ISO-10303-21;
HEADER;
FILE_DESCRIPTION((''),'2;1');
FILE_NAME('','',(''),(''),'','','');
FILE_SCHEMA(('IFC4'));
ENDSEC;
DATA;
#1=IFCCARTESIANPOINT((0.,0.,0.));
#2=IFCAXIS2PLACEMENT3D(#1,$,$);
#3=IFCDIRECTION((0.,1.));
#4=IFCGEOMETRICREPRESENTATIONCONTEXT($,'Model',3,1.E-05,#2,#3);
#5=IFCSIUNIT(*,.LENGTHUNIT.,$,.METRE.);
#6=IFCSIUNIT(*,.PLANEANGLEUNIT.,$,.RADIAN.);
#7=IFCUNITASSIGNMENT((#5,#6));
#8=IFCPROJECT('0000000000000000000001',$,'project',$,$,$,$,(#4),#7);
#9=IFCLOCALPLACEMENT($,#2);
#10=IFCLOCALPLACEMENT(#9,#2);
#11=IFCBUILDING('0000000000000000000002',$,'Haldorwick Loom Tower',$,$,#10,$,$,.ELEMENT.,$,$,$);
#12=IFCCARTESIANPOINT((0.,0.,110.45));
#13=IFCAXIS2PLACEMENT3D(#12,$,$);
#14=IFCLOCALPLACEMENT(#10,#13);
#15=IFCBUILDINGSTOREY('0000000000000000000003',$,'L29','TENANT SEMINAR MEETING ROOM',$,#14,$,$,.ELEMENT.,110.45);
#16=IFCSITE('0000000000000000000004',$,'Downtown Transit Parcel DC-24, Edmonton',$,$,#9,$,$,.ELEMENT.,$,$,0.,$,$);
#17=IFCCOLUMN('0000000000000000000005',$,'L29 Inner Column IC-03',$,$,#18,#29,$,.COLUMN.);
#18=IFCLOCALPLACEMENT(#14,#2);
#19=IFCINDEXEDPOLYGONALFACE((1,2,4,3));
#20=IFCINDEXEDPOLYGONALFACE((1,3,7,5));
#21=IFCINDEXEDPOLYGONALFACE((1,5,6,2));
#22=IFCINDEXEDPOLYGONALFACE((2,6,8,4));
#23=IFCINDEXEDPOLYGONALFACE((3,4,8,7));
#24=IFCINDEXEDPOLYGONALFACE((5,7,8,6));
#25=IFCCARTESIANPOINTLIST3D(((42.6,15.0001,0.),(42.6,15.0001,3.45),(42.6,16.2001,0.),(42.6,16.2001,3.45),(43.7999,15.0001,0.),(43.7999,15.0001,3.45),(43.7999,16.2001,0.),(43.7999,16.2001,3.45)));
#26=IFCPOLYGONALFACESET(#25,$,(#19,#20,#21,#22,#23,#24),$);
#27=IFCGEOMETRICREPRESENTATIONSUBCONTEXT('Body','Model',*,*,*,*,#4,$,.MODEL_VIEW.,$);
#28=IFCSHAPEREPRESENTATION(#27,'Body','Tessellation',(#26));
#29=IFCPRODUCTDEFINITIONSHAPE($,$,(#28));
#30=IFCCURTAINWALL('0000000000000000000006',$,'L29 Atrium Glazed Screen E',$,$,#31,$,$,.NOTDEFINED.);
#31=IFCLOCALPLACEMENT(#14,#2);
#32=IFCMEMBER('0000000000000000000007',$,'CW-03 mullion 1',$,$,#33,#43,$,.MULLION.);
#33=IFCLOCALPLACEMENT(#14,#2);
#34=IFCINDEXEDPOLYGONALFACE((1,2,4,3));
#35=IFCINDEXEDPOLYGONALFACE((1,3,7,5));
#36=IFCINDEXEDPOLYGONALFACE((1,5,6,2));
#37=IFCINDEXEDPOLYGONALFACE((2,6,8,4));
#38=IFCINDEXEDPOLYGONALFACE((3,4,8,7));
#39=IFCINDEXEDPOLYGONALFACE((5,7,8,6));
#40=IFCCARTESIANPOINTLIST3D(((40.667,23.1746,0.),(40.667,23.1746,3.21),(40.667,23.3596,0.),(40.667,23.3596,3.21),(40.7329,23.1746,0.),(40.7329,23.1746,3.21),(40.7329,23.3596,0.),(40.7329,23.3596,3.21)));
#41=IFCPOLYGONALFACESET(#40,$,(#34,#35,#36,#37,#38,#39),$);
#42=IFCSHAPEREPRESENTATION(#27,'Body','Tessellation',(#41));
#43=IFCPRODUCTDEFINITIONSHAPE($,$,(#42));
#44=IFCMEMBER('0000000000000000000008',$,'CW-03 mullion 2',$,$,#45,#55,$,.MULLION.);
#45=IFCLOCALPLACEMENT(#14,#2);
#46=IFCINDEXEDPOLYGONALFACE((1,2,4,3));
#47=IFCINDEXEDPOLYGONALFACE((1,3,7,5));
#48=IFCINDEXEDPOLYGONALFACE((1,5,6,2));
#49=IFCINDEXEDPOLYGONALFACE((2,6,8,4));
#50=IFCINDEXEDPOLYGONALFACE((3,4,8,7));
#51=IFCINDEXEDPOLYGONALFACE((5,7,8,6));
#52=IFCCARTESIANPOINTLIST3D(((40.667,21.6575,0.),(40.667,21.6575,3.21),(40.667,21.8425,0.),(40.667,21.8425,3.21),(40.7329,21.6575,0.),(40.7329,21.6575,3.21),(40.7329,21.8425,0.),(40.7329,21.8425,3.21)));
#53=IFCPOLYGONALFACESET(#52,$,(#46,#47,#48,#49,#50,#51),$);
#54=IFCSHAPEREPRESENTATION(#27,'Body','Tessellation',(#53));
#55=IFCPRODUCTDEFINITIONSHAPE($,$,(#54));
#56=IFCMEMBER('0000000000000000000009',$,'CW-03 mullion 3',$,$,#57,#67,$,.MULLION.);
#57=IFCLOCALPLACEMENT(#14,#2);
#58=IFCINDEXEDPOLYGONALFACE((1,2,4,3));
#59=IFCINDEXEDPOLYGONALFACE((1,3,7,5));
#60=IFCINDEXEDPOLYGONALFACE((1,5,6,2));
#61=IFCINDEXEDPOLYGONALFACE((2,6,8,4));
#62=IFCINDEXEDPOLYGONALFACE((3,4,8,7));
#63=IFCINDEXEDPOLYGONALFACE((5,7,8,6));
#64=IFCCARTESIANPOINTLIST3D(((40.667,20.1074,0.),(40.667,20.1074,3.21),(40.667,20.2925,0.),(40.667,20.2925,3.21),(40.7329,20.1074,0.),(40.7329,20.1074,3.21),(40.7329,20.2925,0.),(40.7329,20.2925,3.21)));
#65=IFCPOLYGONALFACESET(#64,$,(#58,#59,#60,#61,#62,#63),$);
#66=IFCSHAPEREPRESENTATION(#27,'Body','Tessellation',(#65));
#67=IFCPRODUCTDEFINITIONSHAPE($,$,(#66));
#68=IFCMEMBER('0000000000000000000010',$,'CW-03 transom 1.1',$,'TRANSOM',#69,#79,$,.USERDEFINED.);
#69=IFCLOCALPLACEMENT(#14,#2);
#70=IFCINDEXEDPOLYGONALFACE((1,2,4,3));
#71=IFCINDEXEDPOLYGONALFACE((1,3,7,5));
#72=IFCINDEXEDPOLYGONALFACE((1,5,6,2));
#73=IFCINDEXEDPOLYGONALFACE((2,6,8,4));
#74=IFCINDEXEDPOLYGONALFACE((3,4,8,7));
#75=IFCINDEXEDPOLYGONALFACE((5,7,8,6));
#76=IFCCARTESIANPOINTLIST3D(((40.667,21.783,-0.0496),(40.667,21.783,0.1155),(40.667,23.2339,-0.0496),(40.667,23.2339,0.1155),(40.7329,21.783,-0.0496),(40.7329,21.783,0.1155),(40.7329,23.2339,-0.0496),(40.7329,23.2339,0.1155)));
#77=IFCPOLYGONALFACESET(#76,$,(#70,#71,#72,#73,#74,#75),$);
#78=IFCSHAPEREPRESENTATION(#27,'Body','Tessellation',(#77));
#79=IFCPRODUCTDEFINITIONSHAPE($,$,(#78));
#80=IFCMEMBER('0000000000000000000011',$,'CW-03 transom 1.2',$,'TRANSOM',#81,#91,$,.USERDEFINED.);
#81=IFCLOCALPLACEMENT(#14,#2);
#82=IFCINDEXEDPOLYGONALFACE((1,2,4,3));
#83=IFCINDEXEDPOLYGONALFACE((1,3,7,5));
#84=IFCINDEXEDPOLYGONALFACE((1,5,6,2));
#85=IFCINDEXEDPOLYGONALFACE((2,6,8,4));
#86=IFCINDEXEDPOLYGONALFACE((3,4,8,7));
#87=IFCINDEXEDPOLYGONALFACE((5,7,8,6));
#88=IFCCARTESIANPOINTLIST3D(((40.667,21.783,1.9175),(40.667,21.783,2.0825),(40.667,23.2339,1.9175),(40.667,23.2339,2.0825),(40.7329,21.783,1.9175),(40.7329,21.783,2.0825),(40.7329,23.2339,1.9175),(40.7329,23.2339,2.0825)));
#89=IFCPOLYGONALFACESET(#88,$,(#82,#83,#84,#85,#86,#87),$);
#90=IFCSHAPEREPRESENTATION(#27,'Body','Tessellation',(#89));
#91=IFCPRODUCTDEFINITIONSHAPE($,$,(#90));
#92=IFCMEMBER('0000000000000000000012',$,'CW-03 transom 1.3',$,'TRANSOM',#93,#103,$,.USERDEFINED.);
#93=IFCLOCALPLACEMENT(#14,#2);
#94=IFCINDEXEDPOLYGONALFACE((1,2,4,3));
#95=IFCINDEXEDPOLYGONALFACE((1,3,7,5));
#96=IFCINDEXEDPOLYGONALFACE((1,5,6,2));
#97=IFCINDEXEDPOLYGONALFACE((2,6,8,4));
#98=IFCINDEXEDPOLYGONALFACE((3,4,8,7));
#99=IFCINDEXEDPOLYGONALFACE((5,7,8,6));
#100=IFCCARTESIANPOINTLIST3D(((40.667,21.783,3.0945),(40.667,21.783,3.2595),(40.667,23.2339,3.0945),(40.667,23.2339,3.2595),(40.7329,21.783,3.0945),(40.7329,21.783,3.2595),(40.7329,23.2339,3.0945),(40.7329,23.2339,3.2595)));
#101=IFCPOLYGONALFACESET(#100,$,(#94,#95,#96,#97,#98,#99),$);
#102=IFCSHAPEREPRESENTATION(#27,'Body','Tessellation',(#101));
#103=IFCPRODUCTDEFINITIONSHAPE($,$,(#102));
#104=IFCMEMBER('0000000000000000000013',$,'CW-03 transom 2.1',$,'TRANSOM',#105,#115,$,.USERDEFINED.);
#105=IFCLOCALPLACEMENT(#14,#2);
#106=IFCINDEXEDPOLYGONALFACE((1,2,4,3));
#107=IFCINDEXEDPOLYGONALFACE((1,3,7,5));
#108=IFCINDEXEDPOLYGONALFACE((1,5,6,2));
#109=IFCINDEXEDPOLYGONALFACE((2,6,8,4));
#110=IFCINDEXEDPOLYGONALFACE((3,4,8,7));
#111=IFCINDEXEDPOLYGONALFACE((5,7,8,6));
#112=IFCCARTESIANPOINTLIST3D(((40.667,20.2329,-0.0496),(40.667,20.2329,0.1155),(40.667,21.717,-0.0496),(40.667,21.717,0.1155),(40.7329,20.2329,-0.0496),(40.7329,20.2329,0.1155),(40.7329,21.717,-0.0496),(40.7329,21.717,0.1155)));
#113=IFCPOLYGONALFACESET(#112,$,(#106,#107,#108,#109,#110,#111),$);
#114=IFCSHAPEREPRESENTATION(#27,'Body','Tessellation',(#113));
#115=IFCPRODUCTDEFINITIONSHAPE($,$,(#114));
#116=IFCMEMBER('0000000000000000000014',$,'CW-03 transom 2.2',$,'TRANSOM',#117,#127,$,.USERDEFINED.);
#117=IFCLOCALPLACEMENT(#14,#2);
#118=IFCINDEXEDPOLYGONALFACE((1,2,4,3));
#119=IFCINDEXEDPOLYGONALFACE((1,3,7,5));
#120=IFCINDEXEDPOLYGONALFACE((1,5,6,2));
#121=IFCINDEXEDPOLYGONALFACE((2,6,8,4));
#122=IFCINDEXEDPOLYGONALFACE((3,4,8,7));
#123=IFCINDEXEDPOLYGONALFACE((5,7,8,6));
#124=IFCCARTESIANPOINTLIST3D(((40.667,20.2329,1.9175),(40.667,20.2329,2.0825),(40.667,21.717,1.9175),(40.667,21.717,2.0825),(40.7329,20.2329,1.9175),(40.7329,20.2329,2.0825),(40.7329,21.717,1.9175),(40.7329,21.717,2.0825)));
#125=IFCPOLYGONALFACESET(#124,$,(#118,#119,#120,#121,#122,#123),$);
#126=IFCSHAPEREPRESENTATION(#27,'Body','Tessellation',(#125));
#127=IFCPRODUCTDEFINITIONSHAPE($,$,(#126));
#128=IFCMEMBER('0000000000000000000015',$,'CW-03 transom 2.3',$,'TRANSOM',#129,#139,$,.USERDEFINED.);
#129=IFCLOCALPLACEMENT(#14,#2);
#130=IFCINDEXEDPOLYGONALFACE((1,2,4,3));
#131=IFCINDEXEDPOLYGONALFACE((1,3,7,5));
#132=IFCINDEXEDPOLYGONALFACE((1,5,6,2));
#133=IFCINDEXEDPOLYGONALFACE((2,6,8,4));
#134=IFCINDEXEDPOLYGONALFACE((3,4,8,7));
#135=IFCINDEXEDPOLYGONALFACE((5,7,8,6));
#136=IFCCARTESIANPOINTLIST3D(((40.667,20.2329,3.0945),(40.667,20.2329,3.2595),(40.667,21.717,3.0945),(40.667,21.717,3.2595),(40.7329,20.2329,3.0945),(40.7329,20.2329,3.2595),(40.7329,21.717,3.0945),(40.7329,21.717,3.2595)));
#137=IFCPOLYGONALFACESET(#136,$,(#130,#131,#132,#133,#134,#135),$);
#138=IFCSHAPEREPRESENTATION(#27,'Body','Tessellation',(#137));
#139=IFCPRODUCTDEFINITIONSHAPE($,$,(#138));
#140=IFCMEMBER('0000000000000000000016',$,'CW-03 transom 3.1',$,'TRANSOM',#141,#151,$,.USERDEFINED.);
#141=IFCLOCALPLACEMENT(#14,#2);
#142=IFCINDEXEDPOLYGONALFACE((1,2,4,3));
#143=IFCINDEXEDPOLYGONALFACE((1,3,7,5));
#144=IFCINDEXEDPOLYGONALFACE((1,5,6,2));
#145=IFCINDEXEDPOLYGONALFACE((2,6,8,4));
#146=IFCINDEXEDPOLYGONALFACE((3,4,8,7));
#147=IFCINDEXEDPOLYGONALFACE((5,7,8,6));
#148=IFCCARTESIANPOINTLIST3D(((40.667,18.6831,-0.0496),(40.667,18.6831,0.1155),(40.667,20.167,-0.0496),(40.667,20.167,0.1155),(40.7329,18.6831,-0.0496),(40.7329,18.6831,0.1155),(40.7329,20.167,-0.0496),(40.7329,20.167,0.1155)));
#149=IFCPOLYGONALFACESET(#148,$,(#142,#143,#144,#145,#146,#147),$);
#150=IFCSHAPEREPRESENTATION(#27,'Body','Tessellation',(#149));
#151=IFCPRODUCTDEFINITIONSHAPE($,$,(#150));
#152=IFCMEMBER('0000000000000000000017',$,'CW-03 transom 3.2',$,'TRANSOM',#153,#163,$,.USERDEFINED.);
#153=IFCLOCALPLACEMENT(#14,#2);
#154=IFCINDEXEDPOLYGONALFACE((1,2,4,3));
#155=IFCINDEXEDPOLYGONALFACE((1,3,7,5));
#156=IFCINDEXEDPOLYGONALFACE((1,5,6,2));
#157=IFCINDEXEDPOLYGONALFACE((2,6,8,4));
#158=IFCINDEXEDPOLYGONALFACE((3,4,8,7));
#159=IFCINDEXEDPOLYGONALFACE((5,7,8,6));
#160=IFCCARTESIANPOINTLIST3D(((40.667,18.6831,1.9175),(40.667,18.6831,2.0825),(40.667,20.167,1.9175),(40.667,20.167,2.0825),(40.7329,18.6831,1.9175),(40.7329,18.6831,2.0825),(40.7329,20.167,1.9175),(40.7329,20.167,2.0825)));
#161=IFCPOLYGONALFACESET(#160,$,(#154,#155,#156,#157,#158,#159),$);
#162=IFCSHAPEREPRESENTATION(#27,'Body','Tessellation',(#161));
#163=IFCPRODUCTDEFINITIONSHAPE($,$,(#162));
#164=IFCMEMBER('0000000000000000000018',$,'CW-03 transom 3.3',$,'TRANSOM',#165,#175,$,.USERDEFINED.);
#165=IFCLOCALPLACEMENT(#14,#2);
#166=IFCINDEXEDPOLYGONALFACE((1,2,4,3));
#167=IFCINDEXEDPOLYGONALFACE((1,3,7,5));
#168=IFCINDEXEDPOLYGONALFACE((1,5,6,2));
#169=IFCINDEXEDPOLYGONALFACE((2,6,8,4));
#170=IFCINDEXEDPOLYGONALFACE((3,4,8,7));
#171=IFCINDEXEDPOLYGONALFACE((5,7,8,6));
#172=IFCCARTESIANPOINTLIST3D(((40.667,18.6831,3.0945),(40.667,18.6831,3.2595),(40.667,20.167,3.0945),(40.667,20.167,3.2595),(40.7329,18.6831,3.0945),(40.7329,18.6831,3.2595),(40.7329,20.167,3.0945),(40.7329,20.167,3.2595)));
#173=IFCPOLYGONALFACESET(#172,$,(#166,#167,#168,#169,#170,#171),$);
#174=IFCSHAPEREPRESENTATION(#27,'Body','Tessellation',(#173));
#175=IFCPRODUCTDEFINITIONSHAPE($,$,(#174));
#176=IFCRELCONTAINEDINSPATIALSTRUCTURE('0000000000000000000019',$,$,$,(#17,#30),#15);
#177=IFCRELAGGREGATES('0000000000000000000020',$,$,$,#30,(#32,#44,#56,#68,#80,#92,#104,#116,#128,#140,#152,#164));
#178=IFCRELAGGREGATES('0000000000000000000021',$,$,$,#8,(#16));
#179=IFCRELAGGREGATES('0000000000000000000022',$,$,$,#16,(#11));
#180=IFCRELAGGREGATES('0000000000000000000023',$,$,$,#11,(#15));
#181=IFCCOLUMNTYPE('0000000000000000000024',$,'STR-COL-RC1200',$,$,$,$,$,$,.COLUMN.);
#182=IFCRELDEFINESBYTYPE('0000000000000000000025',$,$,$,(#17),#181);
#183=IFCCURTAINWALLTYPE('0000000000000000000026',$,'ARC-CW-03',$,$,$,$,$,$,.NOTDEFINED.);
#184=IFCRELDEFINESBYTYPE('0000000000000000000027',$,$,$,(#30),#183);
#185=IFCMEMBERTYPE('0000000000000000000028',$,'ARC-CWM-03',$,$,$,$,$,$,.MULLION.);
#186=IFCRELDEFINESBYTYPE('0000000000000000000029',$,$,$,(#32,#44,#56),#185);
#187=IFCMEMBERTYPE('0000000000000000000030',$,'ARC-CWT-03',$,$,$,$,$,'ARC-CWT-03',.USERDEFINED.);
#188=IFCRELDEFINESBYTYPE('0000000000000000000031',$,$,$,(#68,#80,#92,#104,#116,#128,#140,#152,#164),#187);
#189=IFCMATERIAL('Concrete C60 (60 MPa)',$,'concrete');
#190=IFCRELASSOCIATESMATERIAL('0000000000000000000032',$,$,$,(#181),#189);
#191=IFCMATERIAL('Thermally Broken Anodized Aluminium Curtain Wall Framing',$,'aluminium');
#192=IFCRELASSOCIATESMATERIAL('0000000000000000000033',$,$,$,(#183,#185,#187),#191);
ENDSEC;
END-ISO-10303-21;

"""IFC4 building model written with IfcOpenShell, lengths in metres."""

from ifc_helpers import new_model, si_unit, direction, frame, origin, origin_2d, place, context, subcontext, project, spatial, rectangle, extrude, material, material_profile, profile_set, type_object, element, aggregate, save


model = new_model("IFC4")

# Units and contexts
model_context = context("Model", 3, precision=1e-05, world=origin(), true_north=direction((0.0, 1.0)))
body_context = subcontext(model_context, "Body", "Model", "MODEL_VIEW")
ifc_project = project(units=[si_unit("LENGTHUNIT", "METRE"), si_unit("PLANEANGLEUNIT", "RADIAN")], contexts=[model_context])

# Site, building, storey
site_placement = place(None, origin())
site = spatial("IfcSite", under=ifc_project, at=site_placement, Name="Downtown Transit Parcel DC-24, Edmonton", CompositionType="ELEMENT", RefElevation=0.0)
building_placement = place(site_placement, origin())
building = spatial("IfcBuilding", under=site, at=building_placement, Name="Haldorwick Loom Tower", CompositionType="ELEMENT")
storey_placement = place(building_placement, frame((0.0, 0.0, 110.45)))
storey = spatial("IfcBuildingStorey", under=building, at=storey_placement, Name="L29", Description="TENANT SEMINAR MEETING ROOM", CompositionType="ELEMENT", Elevation=110.45)

# Column
ifc_material_1 = material(Name="Concrete C60 (60 MPa)", Category="concrete")
ifc_material_profile_1 = material_profile(ifc_material_1, rectangle(XDim=1.2, YDim=1.2, at=origin_2d()), Name="RC1200X1200", Category="concrete")
ifc_profile_set_1 = profile_set([ifc_material_profile_1], Name="Concrete C60 (60 MPa)")
column_type = type_object("IfcColumnType", Name="STR-COL-RC1200", PredefinedType="COLUMN", material=ifc_profile_set_1)
column_placement = place(storey_placement, frame((43.2, 15.6001, 0.0), z_axis=(0.0, 0.0, 1.0), x_axis=(1.0, 0.0, 0.0)))
element("IfcColumn", 1, at=column_placement, inside=storey, type_object=column_type, Name="L29 Inner Column IC-03", PredefinedType="COLUMN", context=body_context, shape_type="SweptSolid", body=[
    extrude(rectangle(XDim=1.2, YDim=1.2, at=origin_2d()), origin(), (0.0, 0.0, 1.0), 3.45),
])

# Curtain wall, members
ifc_material_2 = material(Name="Thermally Broken Anodized Aluminium Curtain Wall Framing", Category="aluminium")
curtain_wall_type = type_object("IfcCurtainWallType", Name="ARC-CW-03", PredefinedType="NOTDEFINED", material=ifc_material_2)
curtain_wall_placement = place(storey_placement, origin())
curtain_wall = element("IfcCurtainWall", 2, at=curtain_wall_placement, inside=storey, type_object=curtain_wall_type, Name="L29 Atrium Glazed Screen E", PredefinedType="NOTDEFINED")
ifc_material_profile_2 = material_profile(ifc_material_2, rectangle(XDim=0.0659, YDim=0.1851, at=origin_2d()), Name="ALU_MUL_66X185", Category="aluminium")
ifc_profile_set_2 = profile_set([ifc_material_profile_2], Name="Thermally Broken Anodized Aluminium Curtain Wall Framing")
member_type_1 = type_object("IfcMemberType", Name="ARC-CWM-03", PredefinedType="MULLION", material=ifc_profile_set_2)
member_1_placement = place(storey_placement, frame((40.7, 23.2671, 0.0), z_axis=(0.0, 0.0, 1.0), x_axis=(1.0, 0.0, 0.0)))
member_1 = element("IfcMember", 3, at=member_1_placement, type_object=member_type_1, Name="CW-03 mullion 1", PredefinedType="MULLION", context=body_context, shape_type="SweptSolid", body=[
    extrude(rectangle(XDim=0.0659, YDim=0.1851, at=origin_2d()), origin(), (0.0, 0.0, 1.0), 3.21),
])
member_2_placement = place(storey_placement, frame((40.7, 21.75, 0.0), z_axis=(0.0, 0.0, 1.0), x_axis=(1.0, 0.0, 0.0)))
member_2 = element("IfcMember", 4, at=member_2_placement, type_object=member_type_1, Name="CW-03 mullion 2", PredefinedType="MULLION", context=body_context, shape_type="SweptSolid", body=[
    extrude(rectangle(XDim=0.0659, YDim=0.1851, at=origin_2d()), origin(), (0.0, 0.0, 1.0), 3.21),
])
member_3_placement = place(storey_placement, frame((40.7, 20.2, 0.0), z_axis=(0.0, 0.0, 1.0), x_axis=(1.0, 0.0, 0.0)))
member_3 = element("IfcMember", 5, at=member_3_placement, type_object=member_type_1, Name="CW-03 mullion 3", PredefinedType="MULLION", context=body_context, shape_type="SweptSolid", body=[
    extrude(rectangle(XDim=0.0659, YDim=0.1851, at=origin_2d()), origin(), (0.0, 0.0, 1.0), 3.21),
])
ifc_material_profile_3 = material_profile(ifc_material_2, rectangle(XDim=0.0659, YDim=0.165, at=origin_2d()), Name="ALU_TRN_66X165", Category="aluminium")
ifc_profile_set_3 = profile_set([ifc_material_profile_3], Name="Thermally Broken Anodized Aluminium Curtain Wall Framing")
member_type_2 = type_object("IfcMemberType", Name="ARC-CWT-03", ElementType="ARC-CWT-03", PredefinedType="USERDEFINED", material=ifc_profile_set_3)
member_4_placement = place(storey_placement, frame((40.7, 23.2339, 0.033), z_axis=(0.0, -1.0, 0.0), x_axis=(1.0, 0.0, 0.0)))
member_4 = element("IfcMember", 6, at=member_4_placement, type_object=member_type_2, Name="CW-03 transom 1.1", ObjectType="TRANSOM", PredefinedType="USERDEFINED", context=body_context, shape_type="SweptSolid", body=[
    extrude(rectangle(XDim=0.0659, YDim=0.165, at=origin_2d()), origin(), (0.0, 0.0, 1.0), 1.4509),
])
member_5_placement = place(storey_placement, frame((40.7, 23.2339, 2.0), z_axis=(0.0, -1.0, 0.0), x_axis=(1.0, 0.0, 0.0)))
member_5 = element("IfcMember", 7, at=member_5_placement, type_object=member_type_2, Name="CW-03 transom 1.2", ObjectType="TRANSOM", PredefinedType="USERDEFINED", context=body_context, shape_type="SweptSolid", body=[
    extrude(rectangle(XDim=0.0659, YDim=0.165, at=origin_2d()), origin(), (0.0, 0.0, 1.0), 1.4509),
])
member_6_placement = place(storey_placement, frame((40.7, 23.2339, 3.177), z_axis=(0.0, -1.0, 0.0), x_axis=(1.0, 0.0, 0.0)))
member_6 = element("IfcMember", 8, at=member_6_placement, type_object=member_type_2, Name="CW-03 transom 1.3", ObjectType="TRANSOM", PredefinedType="USERDEFINED", context=body_context, shape_type="SweptSolid", body=[
    extrude(rectangle(XDim=0.0659, YDim=0.165, at=origin_2d()), origin(), (0.0, 0.0, 1.0), 1.4509),
])
member_7_placement = place(storey_placement, frame((40.7, 21.717, 0.033), z_axis=(0.0, -1.0, 0.0), x_axis=(1.0, 0.0, 0.0)))
member_7 = element("IfcMember", 9, at=member_7_placement, type_object=member_type_2, Name="CW-03 transom 2.1", ObjectType="TRANSOM", PredefinedType="USERDEFINED", context=body_context, shape_type="SweptSolid", body=[
    extrude(rectangle(XDim=0.0659, YDim=0.165, at=origin_2d()), origin(), (0.0, 0.0, 1.0), 1.4841),
])
member_8_placement = place(storey_placement, frame((40.7, 21.717, 2.0), z_axis=(0.0, -1.0, 0.0), x_axis=(1.0, 0.0, 0.0)))
member_8 = element("IfcMember", 10, at=member_8_placement, type_object=member_type_2, Name="CW-03 transom 2.2", ObjectType="TRANSOM", PredefinedType="USERDEFINED", context=body_context, shape_type="SweptSolid", body=[
    extrude(rectangle(XDim=0.0659, YDim=0.165, at=origin_2d()), origin(), (0.0, 0.0, 1.0), 1.4841),
])
member_9_placement = place(storey_placement, frame((40.7, 21.717, 3.177), z_axis=(0.0, -1.0, 0.0), x_axis=(1.0, 0.0, 0.0)))
member_9 = element("IfcMember", 11, at=member_9_placement, type_object=member_type_2, Name="CW-03 transom 2.3", ObjectType="TRANSOM", PredefinedType="USERDEFINED", context=body_context, shape_type="SweptSolid", body=[
    extrude(rectangle(XDim=0.0659, YDim=0.165, at=origin_2d()), origin(), (0.0, 0.0, 1.0), 1.4841),
])
member_10_placement = place(storey_placement, frame((40.7, 20.167, 0.033), z_axis=(0.0, -1.0, 0.0), x_axis=(1.0, 0.0, 0.0)))
member_10 = element("IfcMember", 12, at=member_10_placement, type_object=member_type_2, Name="CW-03 transom 3.1", ObjectType="TRANSOM", PredefinedType="USERDEFINED", context=body_context, shape_type="SweptSolid", body=[
    extrude(rectangle(XDim=0.0659, YDim=0.165, at=origin_2d()), origin(), (0.0, 0.0, 1.0), 1.4839),
])
member_11_placement = place(storey_placement, frame((40.7, 20.167, 2.0), z_axis=(0.0, -1.0, 0.0), x_axis=(1.0, 0.0, 0.0)))
member_11 = element("IfcMember", 13, at=member_11_placement, type_object=member_type_2, Name="CW-03 transom 3.2", ObjectType="TRANSOM", PredefinedType="USERDEFINED", context=body_context, shape_type="SweptSolid", body=[
    extrude(rectangle(XDim=0.0659, YDim=0.165, at=origin_2d()), origin(), (0.0, 0.0, 1.0), 1.4839),
])
member_12_placement = place(storey_placement, frame((40.7, 20.167, 3.177), z_axis=(0.0, -1.0, 0.0), x_axis=(1.0, 0.0, 0.0)))
member_12 = element("IfcMember", 14, at=member_12_placement, type_object=member_type_2, Name="CW-03 transom 3.3", ObjectType="TRANSOM", PredefinedType="USERDEFINED", context=body_context, shape_type="SweptSolid", body=[
    extrude(rectangle(XDim=0.0659, YDim=0.165, at=origin_2d()), origin(), (0.0, 0.0, 1.0), 1.4839),
])

aggregate(curtain_wall, [member_1, member_2, member_3, member_4, member_5, member_6, member_7, member_8, member_9, member_10, member_11, member_12])

save(model, "model.ifc")
